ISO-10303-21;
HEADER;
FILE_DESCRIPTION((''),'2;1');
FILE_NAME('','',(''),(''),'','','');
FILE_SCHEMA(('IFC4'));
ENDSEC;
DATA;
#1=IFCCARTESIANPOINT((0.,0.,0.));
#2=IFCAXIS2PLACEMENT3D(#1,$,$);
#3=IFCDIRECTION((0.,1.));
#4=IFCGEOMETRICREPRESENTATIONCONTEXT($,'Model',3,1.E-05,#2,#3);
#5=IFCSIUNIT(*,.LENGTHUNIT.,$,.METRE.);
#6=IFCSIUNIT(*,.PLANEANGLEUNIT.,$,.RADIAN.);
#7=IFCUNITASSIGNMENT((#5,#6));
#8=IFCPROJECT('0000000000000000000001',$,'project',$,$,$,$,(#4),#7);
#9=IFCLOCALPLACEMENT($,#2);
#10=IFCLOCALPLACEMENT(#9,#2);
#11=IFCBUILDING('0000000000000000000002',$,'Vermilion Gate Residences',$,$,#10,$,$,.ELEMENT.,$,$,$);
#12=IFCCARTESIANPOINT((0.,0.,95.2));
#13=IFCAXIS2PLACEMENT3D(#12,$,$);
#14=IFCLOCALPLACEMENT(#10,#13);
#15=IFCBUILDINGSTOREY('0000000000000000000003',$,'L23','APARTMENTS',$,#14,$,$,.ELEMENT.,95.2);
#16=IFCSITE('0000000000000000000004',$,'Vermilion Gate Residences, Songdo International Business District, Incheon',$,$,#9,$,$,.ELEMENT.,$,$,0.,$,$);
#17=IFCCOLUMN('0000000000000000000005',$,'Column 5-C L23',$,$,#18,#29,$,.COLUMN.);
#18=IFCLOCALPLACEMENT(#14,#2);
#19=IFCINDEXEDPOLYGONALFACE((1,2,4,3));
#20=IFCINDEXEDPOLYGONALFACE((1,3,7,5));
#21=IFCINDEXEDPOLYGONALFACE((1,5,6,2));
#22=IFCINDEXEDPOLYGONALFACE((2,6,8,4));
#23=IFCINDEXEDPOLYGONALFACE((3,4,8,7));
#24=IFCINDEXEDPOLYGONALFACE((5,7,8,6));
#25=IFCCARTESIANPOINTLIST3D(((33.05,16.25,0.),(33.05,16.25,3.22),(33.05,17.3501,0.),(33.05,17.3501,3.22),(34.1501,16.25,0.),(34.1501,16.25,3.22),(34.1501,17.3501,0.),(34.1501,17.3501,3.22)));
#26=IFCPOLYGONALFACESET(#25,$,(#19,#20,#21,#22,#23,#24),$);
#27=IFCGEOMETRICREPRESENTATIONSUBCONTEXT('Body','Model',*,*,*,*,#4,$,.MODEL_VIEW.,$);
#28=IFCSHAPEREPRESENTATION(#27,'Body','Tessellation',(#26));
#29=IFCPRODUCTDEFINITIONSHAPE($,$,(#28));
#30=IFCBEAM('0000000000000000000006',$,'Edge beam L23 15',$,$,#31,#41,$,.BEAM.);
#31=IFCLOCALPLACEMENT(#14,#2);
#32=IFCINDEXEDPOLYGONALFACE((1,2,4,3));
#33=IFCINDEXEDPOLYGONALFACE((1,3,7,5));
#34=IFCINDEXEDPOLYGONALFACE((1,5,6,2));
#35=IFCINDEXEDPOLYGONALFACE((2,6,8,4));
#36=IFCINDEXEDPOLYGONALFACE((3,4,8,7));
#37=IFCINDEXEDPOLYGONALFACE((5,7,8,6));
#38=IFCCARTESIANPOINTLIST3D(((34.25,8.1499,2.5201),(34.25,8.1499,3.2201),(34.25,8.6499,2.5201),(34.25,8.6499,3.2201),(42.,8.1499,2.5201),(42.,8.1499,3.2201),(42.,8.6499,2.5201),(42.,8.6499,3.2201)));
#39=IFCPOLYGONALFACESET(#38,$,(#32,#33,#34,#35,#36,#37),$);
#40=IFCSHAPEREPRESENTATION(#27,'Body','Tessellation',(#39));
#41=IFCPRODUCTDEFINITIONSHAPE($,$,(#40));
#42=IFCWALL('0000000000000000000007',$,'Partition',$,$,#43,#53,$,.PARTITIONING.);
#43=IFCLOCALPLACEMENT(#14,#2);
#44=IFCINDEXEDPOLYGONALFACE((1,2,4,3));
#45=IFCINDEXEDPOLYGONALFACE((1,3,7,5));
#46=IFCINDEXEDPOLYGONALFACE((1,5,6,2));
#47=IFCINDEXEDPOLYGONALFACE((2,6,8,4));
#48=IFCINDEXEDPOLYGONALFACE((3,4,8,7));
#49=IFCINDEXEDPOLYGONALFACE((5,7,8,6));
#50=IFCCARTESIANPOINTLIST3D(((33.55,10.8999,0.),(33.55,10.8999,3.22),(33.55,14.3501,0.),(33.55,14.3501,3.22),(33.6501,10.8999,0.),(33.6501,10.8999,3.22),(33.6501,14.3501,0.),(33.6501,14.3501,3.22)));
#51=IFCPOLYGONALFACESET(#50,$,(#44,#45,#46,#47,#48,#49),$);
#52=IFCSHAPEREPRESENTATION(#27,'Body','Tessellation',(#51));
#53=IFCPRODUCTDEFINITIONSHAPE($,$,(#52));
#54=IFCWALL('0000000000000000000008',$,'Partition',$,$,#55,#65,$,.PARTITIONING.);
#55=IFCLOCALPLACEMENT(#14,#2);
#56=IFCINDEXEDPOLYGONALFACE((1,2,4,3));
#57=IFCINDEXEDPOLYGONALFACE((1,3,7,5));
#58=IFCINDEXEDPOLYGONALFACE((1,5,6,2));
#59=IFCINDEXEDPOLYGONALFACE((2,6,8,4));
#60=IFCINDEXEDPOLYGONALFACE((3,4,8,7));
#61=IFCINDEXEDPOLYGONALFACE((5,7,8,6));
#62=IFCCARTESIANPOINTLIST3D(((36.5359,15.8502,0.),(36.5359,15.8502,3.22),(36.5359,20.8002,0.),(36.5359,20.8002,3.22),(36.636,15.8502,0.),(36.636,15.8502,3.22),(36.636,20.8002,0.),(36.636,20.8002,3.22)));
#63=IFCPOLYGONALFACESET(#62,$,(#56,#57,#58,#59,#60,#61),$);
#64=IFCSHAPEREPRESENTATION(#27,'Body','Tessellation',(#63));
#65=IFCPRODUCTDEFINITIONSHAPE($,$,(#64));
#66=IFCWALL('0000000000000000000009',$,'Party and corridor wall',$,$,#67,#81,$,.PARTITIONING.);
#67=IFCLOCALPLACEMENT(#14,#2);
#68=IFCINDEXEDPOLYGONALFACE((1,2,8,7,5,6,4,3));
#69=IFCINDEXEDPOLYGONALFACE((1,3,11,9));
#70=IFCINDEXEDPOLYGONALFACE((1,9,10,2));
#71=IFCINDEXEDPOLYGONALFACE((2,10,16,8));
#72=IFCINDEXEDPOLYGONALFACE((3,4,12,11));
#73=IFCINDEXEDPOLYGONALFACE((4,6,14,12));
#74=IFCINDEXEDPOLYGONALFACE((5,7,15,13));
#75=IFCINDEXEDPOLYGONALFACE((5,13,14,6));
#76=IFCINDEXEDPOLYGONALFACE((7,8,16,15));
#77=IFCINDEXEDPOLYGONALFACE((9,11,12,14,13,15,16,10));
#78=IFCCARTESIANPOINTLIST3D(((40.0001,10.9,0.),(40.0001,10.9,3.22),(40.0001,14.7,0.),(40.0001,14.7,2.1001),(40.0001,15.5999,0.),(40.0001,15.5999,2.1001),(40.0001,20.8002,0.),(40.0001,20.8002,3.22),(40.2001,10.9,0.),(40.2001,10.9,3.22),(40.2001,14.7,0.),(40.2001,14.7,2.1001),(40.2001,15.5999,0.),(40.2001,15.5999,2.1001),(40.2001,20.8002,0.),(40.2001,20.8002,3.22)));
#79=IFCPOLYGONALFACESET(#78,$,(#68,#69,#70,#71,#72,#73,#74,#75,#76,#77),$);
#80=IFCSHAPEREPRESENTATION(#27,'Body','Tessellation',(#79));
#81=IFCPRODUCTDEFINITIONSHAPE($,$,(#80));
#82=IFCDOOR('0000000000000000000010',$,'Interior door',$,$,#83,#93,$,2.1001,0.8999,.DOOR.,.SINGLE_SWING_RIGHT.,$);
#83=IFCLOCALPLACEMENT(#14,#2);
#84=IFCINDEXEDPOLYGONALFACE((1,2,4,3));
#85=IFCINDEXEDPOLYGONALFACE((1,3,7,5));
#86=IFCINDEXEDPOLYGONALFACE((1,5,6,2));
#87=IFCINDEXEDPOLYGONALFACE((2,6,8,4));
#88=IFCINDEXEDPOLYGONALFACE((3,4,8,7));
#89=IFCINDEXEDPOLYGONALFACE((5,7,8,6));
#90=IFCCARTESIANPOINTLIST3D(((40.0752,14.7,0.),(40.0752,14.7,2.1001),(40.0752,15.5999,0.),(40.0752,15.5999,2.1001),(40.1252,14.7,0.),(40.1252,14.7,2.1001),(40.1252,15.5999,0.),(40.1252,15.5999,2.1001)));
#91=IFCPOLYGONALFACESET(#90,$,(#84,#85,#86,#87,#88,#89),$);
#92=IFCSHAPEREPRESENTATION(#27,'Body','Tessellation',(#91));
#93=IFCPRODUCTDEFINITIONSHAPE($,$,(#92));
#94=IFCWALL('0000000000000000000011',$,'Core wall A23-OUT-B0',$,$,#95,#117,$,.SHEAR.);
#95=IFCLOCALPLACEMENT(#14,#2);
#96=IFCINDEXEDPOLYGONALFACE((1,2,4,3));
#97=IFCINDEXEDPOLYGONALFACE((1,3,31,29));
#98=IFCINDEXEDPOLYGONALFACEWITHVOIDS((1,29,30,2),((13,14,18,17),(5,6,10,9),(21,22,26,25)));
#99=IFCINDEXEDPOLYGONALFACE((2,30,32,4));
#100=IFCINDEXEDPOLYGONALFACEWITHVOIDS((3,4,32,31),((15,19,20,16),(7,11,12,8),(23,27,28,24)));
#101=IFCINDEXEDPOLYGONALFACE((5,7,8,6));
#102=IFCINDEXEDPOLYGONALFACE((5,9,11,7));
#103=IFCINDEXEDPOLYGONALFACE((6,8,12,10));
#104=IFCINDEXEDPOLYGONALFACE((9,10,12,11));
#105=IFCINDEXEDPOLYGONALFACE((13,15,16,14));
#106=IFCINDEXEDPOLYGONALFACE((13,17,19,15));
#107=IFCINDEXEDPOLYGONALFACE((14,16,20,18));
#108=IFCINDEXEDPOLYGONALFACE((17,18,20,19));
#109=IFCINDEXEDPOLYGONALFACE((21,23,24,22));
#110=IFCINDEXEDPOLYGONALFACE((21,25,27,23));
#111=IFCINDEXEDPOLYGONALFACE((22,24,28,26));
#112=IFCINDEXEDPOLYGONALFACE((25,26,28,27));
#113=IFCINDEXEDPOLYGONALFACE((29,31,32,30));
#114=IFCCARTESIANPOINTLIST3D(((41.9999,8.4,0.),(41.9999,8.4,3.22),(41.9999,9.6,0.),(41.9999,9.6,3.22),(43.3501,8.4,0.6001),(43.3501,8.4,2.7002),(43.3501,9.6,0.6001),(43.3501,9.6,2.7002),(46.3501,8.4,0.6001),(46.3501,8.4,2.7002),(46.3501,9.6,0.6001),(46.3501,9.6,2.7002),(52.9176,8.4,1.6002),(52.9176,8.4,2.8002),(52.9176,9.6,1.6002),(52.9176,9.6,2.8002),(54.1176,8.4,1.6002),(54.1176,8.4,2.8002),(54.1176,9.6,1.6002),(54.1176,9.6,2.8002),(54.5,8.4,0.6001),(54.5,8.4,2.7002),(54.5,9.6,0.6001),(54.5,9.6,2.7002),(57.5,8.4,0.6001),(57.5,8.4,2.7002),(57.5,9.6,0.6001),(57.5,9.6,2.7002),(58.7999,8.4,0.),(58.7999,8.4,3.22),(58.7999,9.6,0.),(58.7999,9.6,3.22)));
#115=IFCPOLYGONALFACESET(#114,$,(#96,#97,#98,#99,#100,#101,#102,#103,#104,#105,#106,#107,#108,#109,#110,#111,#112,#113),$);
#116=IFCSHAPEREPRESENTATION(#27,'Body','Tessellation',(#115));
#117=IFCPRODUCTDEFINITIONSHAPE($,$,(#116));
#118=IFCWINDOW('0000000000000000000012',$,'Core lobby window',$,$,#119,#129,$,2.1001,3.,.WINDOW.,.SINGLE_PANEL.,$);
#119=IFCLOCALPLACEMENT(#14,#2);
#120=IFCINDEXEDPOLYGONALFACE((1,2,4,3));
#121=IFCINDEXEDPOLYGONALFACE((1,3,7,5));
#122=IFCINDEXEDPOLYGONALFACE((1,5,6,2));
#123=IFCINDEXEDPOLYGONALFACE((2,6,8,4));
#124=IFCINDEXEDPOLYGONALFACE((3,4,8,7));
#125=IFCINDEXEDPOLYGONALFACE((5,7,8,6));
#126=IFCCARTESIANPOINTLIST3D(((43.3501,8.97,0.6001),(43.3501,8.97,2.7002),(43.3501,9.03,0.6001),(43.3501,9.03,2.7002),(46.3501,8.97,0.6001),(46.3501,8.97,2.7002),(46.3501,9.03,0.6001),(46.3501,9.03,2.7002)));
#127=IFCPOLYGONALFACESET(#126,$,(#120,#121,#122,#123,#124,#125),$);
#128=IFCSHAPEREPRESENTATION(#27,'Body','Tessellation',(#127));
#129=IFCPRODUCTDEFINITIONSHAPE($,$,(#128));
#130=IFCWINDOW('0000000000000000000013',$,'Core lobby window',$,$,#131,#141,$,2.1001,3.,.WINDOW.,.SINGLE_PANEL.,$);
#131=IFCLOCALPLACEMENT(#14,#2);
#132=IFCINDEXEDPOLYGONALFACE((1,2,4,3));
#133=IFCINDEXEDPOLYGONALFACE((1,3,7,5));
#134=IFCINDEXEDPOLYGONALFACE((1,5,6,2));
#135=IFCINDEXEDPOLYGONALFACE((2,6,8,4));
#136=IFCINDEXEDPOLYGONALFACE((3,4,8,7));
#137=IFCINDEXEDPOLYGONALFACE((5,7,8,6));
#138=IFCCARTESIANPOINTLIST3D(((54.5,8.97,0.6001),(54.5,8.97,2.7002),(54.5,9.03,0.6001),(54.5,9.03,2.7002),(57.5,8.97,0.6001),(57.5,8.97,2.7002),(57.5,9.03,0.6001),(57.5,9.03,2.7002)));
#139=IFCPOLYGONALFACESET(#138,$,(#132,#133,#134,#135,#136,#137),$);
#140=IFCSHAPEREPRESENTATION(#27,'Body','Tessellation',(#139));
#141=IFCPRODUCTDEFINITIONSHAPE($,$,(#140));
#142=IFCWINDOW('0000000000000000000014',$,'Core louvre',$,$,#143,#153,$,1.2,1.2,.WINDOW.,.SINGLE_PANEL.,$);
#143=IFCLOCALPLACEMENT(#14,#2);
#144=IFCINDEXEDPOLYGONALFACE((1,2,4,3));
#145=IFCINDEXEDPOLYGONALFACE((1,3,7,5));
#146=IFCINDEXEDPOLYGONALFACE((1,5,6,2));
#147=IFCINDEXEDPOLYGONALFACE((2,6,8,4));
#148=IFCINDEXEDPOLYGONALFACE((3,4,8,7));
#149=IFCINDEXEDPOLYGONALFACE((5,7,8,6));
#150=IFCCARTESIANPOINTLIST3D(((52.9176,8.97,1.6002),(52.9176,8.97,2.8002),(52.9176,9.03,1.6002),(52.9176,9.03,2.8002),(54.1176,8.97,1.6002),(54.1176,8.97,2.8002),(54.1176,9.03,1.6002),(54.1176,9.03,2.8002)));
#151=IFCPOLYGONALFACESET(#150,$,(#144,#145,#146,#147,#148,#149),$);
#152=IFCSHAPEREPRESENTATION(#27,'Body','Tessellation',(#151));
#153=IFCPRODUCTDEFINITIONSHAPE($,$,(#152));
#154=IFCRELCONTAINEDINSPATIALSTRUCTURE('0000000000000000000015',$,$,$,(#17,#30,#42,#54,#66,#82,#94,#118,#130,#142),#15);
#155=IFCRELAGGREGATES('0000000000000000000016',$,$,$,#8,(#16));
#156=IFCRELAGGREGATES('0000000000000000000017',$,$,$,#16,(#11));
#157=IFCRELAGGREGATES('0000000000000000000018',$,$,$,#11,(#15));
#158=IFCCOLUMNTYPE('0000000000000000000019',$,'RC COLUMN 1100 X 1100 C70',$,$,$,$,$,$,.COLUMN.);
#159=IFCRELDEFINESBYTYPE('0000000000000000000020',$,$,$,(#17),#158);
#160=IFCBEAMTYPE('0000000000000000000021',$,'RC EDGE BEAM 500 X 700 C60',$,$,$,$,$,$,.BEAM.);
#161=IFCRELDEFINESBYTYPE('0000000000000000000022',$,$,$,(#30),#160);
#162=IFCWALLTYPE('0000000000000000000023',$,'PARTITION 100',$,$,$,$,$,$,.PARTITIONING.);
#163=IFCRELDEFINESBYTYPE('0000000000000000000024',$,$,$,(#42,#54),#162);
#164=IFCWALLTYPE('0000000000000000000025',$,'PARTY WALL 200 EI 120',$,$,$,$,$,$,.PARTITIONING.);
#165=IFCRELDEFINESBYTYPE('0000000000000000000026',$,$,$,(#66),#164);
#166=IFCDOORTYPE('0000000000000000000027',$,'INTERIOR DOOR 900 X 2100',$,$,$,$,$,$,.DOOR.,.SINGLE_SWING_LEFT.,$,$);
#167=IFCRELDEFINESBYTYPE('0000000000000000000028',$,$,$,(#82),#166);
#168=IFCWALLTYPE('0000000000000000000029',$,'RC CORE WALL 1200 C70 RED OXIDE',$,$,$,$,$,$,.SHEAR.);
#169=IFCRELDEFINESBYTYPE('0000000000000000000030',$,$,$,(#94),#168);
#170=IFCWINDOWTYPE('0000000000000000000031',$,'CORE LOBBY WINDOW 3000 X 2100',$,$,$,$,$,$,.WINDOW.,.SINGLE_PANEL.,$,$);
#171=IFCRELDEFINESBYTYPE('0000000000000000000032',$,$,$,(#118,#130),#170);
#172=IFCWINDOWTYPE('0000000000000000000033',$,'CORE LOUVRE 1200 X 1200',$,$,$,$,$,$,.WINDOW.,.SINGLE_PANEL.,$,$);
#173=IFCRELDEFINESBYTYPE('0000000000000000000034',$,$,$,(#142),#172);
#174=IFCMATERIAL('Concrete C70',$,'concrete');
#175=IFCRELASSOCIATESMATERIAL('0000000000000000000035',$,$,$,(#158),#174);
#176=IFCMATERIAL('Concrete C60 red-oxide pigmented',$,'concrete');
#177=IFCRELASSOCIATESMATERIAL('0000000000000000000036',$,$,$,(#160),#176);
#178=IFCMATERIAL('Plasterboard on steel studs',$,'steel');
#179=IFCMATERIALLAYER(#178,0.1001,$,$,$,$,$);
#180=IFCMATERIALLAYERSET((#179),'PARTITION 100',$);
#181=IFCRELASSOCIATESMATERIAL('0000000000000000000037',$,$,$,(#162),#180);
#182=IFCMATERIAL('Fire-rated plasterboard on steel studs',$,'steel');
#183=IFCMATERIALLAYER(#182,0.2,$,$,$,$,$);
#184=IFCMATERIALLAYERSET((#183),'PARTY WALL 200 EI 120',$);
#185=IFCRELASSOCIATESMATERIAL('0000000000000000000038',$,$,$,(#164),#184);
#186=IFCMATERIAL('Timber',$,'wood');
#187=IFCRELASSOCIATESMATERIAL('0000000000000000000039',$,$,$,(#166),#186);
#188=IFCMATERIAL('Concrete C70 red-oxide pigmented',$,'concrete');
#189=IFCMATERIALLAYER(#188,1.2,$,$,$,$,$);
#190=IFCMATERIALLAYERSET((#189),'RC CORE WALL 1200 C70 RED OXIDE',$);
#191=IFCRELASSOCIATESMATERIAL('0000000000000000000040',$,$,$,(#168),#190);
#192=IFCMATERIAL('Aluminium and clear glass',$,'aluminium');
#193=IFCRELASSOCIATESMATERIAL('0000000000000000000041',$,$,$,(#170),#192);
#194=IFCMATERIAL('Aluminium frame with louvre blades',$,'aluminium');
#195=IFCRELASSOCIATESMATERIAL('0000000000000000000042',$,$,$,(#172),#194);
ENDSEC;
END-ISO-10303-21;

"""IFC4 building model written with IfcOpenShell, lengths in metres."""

from ifc_helpers import new_model, si_unit, direction, frame, frame_2d, origin, origin_2d, place, context, subcontext, project, spatial, rectangle, extrude, material, layer, layer_set, material_profile, profile_set, type_object, element, fill, save


model = new_model("IFC4")

# Units and contexts
model_context = context("Model", 3, precision=1e-05, world=origin(), true_north=direction((0.0, 1.0)))
body_context = subcontext(model_context, "Body", "Model", "MODEL_VIEW")
ifc_project = project(units=[si_unit("LENGTHUNIT", "METRE"), si_unit("PLANEANGLEUNIT", "RADIAN")], contexts=[model_context])

# Site, building, storey
site_placement = place(None, origin())
site = spatial("IfcSite", under=ifc_project, at=site_placement, Name="Vermilion Gate Residences, Songdo International Business District, Incheon", CompositionType="ELEMENT", RefElevation=0.0)
building_placement = place(site_placement, origin())
building = spatial("IfcBuilding", under=site, at=building_placement, Name="Vermilion Gate Residences", CompositionType="ELEMENT")
storey_placement = place(building_placement, frame((0.0, 0.0, 95.2)))
storey = spatial("IfcBuildingStorey", under=building, at=storey_placement, Name="L23", Description="APARTMENTS", CompositionType="ELEMENT", Elevation=95.2)

# Column
ifc_material_1 = material(Name="Concrete C70", Category="concrete")
ifc_material_profile_1 = material_profile(ifc_material_1, rectangle(XDim=1.1001, YDim=1.1001, at=origin_2d()), Name="RC-1100x1100")
ifc_profile_set_1 = profile_set([ifc_material_profile_1], Name="Concrete C70")
column_type = type_object("IfcColumnType", Name="RC COLUMN 1100 X 1100 C70", PredefinedType="COLUMN", material=ifc_profile_set_1)
column_placement = place(storey_placement, frame((33.6001, 16.8, 0.0), z_axis=(0.0, 0.0, 1.0), x_axis=(1.0, 0.0, 0.0)))
element("IfcColumn", 1, at=column_placement, inside=storey, type_object=column_type, Name="Column 5-C L23", PredefinedType="COLUMN", context=body_context, shape_type="SweptSolid", body=[
    extrude(rectangle(XDim=1.1001, YDim=1.1001, at=origin_2d()), origin(), (0.0, 0.0, 1.0), 3.22),
])

# Beam
ifc_material_2 = material(Name="Concrete C60 red-oxide pigmented", Category="concrete")
ifc_material_profile_2 = material_profile(ifc_material_2, rectangle(XDim=0.5, YDim=0.7, at=origin_2d()), Name="RC-500x700")
ifc_profile_set_2 = profile_set([ifc_material_profile_2], Name="Concrete C60 red-oxide pigmented")
beam_type = type_object("IfcBeamType", Name="RC EDGE BEAM 500 X 700 C60", PredefinedType="BEAM", material=ifc_profile_set_2)
beam_placement = place(storey_placement, frame((34.25, 8.3999, 2.8701), z_axis=(1.0, 0.0, 0.0), x_axis=(0.0, 1.0, 0.0)))
element("IfcBeam", 2, at=beam_placement, inside=storey, type_object=beam_type, Name="Edge beam L23 15", PredefinedType="BEAM", context=body_context, shape_type="SweptSolid", body=[
    extrude(rectangle(XDim=0.5, YDim=0.7, at=origin_2d()), origin(), (0.0, 0.0, 1.0), 7.75),
])

# Walls
ifc_material_3 = material(Name="Plasterboard on steel studs", Category="steel")
ifc_layer_1 = layer(ifc_material_3, 0.1001)
ifc_layer_set_1 = layer_set([ifc_layer_1], Name="PARTITION 100")
wall_type_1 = type_object("IfcWallType", Name="PARTITION 100", PredefinedType="PARTITIONING", material=ifc_layer_set_1)
wall_1_placement = place(storey_placement, frame((33.6001, 10.8999, 0.0), z_axis=(0.0, 0.0, 1.0), x_axis=(0.0, 1.0, 0.0)))
element("IfcWall", 3, at=wall_1_placement, inside=storey, type_object=wall_type_1, Name="Partition", PredefinedType="PARTITIONING", context=body_context, shape_type="SweptSolid", body=[
    extrude(rectangle(XDim=3.4502, YDim=0.1001, at=frame_2d((1.7251, 0.0))), origin(), (0.0, 0.0, 1.0), 3.22),
])
wall_2_placement = place(storey_placement, frame((36.5859, 15.8501, 0.0), z_axis=(0.0, 0.0, 1.0), x_axis=(0.0, 1.0, 0.0)))
element("IfcWall", 4, at=wall_2_placement, inside=storey, type_object=wall_type_1, Name="Partition", PredefinedType="PARTITIONING", context=body_context, shape_type="SweptSolid", body=[
    extrude(rectangle(XDim=4.95, YDim=0.1001, at=frame_2d((2.4751, 0.0))), origin(), (0.0, 0.0, 1.0), 3.22),
])

# Wall, opening, door
ifc_material_4 = material(Name="Fire-rated plasterboard on steel studs", Category="steel")
ifc_layer_2 = layer(ifc_material_4, 0.2)
ifc_layer_set_2 = layer_set([ifc_layer_2], Name="PARTY WALL 200 EI 120")
wall_type_2 = type_object("IfcWallType", Name="PARTY WALL 200 EI 120", PredefinedType="PARTITIONING", material=ifc_layer_set_2)
wall_3_placement = place(storey_placement, frame((40.1001, 10.8999, 0.0), z_axis=(0.0, 0.0, 1.0), x_axis=(0.0, 1.0, 0.0)))
wall_3 = element("IfcWall", 5, at=wall_3_placement, inside=storey, type_object=wall_type_2, Name="Party and corridor wall", PredefinedType="PARTITIONING", context=body_context, shape_type="SweptSolid", body=[
    extrude(rectangle(XDim=9.9001, YDim=0.2, at=frame_2d((4.9502, 0.0))), origin(), (0.0, 0.0, 1.0), 3.22),
])
opening_1_placement = place(wall_3_placement, frame((3.8, 0.0, 0.0)))
opening_1 = element("IfcOpeningElement", 6, at=opening_1_placement, cuts=wall_3, PredefinedType="OPENING", context=body_context, shape_type="SweptSolid", body=[
    extrude(rectangle(XDim=0.8999, YDim=2.1001, at=frame_2d((0.45, 1.05))), frame((0.0, 0.1099, 0.0), z_axis=(0.0, -1.0, 0.0), x_axis=(1.0, 0.0, 0.0)), (0.0, 0.0, 1.0), 0.22),
])
ifc_material_5 = material(Name="Timber", Category="wood")
door_type = type_object("IfcDoorType", Name="INTERIOR DOOR 900 X 2100", OperationType="SINGLE_SWING_LEFT", PredefinedType="DOOR", material=ifc_material_5)
door_placement = place(opening_1_placement, origin())
door = element("IfcDoor", 7, at=door_placement, inside=storey, type_object=door_type, Name="Interior door", OperationType="SINGLE_SWING_RIGHT", OverallHeight=2.1001, OverallWidth=0.8999, PredefinedType="DOOR", context=body_context, shape_type="SweptSolid", body=[
    extrude(rectangle(XDim=0.8999, YDim=2.1001, at=frame_2d((0.45, 1.05))), frame((0.0, 0.0249, 0.0), z_axis=(0.0, -1.0, 0.0), x_axis=(1.0, 0.0, 0.0)), (0.0, 0.0, 1.0), 0.05),
])
fill(opening_1, door)

# Wall, openings, windows
ifc_material_6 = material(Name="Concrete C70 red-oxide pigmented", Category="concrete")
ifc_layer_3 = layer(ifc_material_6, 1.2)
ifc_layer_set_3 = layer_set([ifc_layer_3], Name="RC CORE WALL 1200 C70 RED OXIDE")
wall_type_3 = type_object("IfcWallType", Name="RC CORE WALL 1200 C70 RED OXIDE", PredefinedType="SHEAR", material=ifc_layer_set_3)
wall_4_placement = place(storey_placement, frame((42.0, 9.0, 0.0), z_axis=(0.0, 0.0, 1.0), x_axis=(1.0, 0.0, 0.0)))
wall_4 = element("IfcWall", 8, at=wall_4_placement, inside=storey, type_object=wall_type_3, Name="Core wall A23-OUT-B0", PredefinedType="SHEAR", context=body_context, shape_type="SweptSolid", body=[
    extrude(rectangle(XDim=16.8, YDim=1.2, at=frame_2d((8.3999, 0.0))), origin(), (0.0, 0.0, 1.0), 3.22),
])
opening_2_placement = place(wall_4_placement, frame((1.3501, 0.0, 0.6001)))
opening_2 = element("IfcOpeningElement", 9, at=opening_2_placement, cuts=wall_4, PredefinedType="OPENING", context=body_context, shape_type="SweptSolid", body=[
    extrude(rectangle(XDim=3.0, YDim=2.1001, at=frame_2d((1.5, 1.05))), frame((0.0, 0.6099, 0.0), z_axis=(0.0, -1.0, 0.0), x_axis=(1.0, 0.0, 0.0)), (0.0, 0.0, 1.0), 1.22),
])
opening_3_placement = place(wall_4_placement, frame((10.9175, 0.0, 1.6001)))
opening_3 = element("IfcOpeningElement", 10, at=opening_3_placement, cuts=wall_4, PredefinedType="OPENING", context=body_context, shape_type="SweptSolid", body=[
    extrude(rectangle(XDim=1.2, YDim=1.2, at=frame_2d((0.6001, 0.6001))), frame((0.0, 0.6099, 0.0), z_axis=(0.0, -1.0, 0.0), x_axis=(1.0, 0.0, 0.0)), (0.0, 0.0, 1.0), 1.22),
])
opening_4_placement = place(wall_4_placement, frame((12.5, 0.0, 0.6001)))
opening_4 = element("IfcOpeningElement", 11, at=opening_4_placement, cuts=wall_4, PredefinedType="OPENING", context=body_context, shape_type="SweptSolid", body=[
    extrude(rectangle(XDim=3.0, YDim=2.1001, at=frame_2d((1.5, 1.05))), frame((0.0, 0.6099, 0.0), z_axis=(0.0, -1.0, 0.0), x_axis=(1.0, 0.0, 0.0)), (0.0, 0.0, 1.0), 1.22),
])
ifc_material_7 = material(Name="Aluminium and clear glass", Category="aluminium")
window_type_1 = type_object("IfcWindowType", Name="CORE LOBBY WINDOW 3000 X 2100", PartitioningType="SINGLE_PANEL", PredefinedType="WINDOW", material=ifc_material_7)
window_1_placement = place(opening_2_placement, origin())
window_1 = element("IfcWindow", 12, at=window_1_placement, inside=storey, type_object=window_type_1, Name="Core lobby window", OverallHeight=2.1001, OverallWidth=3.0, PartitioningType="SINGLE_PANEL", PredefinedType="WINDOW", context=body_context, shape_type="SweptSolid", body=[
    extrude(rectangle(XDim=3.0, YDim=2.1001, at=frame_2d((1.5, 1.05))), frame((0.0, 0.03, 0.0), z_axis=(0.0, -1.0, 0.0), x_axis=(1.0, 0.0, 0.0)), (0.0, 0.0, 1.0), 0.0601),
])
fill(opening_2, window_1)
window_2_placement = place(opening_4_placement, origin())
window_2 = element("IfcWindow", 13, at=window_2_placement, inside=storey, type_object=window_type_1, Name="Core lobby window", OverallHeight=2.1001, OverallWidth=3.0, PartitioningType="SINGLE_PANEL", PredefinedType="WINDOW", context=body_context, shape_type="SweptSolid", body=[
    extrude(rectangle(XDim=3.0, YDim=2.1001, at=frame_2d((1.5, 1.05))), frame((0.0, 0.03, 0.0), z_axis=(0.0, -1.0, 0.0), x_axis=(1.0, 0.0, 0.0)), (0.0, 0.0, 1.0), 0.0601),
])
fill(opening_4, window_2)
ifc_material_8 = material(Name="Aluminium frame with louvre blades", Category="aluminium")
window_type_2 = type_object("IfcWindowType", Name="CORE LOUVRE 1200 X 1200", PartitioningType="SINGLE_PANEL", PredefinedType="WINDOW", material=ifc_material_8)
window_3_placement = place(opening_3_placement, origin())
window_3 = element("IfcWindow", 14, at=window_3_placement, inside=storey, type_object=window_type_2, Name="Core louvre", OverallHeight=1.2, OverallWidth=1.2, PartitioningType="SINGLE_PANEL", PredefinedType="WINDOW", context=body_context, shape_type="SweptSolid", body=[
    extrude(rectangle(XDim=1.2, YDim=1.2, at=frame_2d((0.6001, 0.6001))), frame((0.0, 0.03, 0.0), z_axis=(0.0, -1.0, 0.0), x_axis=(1.0, 0.0, 0.0)), (0.0, 0.0, 1.0), 0.0601),
])
fill(opening_3, window_3)

save(model, "model.ifc")
